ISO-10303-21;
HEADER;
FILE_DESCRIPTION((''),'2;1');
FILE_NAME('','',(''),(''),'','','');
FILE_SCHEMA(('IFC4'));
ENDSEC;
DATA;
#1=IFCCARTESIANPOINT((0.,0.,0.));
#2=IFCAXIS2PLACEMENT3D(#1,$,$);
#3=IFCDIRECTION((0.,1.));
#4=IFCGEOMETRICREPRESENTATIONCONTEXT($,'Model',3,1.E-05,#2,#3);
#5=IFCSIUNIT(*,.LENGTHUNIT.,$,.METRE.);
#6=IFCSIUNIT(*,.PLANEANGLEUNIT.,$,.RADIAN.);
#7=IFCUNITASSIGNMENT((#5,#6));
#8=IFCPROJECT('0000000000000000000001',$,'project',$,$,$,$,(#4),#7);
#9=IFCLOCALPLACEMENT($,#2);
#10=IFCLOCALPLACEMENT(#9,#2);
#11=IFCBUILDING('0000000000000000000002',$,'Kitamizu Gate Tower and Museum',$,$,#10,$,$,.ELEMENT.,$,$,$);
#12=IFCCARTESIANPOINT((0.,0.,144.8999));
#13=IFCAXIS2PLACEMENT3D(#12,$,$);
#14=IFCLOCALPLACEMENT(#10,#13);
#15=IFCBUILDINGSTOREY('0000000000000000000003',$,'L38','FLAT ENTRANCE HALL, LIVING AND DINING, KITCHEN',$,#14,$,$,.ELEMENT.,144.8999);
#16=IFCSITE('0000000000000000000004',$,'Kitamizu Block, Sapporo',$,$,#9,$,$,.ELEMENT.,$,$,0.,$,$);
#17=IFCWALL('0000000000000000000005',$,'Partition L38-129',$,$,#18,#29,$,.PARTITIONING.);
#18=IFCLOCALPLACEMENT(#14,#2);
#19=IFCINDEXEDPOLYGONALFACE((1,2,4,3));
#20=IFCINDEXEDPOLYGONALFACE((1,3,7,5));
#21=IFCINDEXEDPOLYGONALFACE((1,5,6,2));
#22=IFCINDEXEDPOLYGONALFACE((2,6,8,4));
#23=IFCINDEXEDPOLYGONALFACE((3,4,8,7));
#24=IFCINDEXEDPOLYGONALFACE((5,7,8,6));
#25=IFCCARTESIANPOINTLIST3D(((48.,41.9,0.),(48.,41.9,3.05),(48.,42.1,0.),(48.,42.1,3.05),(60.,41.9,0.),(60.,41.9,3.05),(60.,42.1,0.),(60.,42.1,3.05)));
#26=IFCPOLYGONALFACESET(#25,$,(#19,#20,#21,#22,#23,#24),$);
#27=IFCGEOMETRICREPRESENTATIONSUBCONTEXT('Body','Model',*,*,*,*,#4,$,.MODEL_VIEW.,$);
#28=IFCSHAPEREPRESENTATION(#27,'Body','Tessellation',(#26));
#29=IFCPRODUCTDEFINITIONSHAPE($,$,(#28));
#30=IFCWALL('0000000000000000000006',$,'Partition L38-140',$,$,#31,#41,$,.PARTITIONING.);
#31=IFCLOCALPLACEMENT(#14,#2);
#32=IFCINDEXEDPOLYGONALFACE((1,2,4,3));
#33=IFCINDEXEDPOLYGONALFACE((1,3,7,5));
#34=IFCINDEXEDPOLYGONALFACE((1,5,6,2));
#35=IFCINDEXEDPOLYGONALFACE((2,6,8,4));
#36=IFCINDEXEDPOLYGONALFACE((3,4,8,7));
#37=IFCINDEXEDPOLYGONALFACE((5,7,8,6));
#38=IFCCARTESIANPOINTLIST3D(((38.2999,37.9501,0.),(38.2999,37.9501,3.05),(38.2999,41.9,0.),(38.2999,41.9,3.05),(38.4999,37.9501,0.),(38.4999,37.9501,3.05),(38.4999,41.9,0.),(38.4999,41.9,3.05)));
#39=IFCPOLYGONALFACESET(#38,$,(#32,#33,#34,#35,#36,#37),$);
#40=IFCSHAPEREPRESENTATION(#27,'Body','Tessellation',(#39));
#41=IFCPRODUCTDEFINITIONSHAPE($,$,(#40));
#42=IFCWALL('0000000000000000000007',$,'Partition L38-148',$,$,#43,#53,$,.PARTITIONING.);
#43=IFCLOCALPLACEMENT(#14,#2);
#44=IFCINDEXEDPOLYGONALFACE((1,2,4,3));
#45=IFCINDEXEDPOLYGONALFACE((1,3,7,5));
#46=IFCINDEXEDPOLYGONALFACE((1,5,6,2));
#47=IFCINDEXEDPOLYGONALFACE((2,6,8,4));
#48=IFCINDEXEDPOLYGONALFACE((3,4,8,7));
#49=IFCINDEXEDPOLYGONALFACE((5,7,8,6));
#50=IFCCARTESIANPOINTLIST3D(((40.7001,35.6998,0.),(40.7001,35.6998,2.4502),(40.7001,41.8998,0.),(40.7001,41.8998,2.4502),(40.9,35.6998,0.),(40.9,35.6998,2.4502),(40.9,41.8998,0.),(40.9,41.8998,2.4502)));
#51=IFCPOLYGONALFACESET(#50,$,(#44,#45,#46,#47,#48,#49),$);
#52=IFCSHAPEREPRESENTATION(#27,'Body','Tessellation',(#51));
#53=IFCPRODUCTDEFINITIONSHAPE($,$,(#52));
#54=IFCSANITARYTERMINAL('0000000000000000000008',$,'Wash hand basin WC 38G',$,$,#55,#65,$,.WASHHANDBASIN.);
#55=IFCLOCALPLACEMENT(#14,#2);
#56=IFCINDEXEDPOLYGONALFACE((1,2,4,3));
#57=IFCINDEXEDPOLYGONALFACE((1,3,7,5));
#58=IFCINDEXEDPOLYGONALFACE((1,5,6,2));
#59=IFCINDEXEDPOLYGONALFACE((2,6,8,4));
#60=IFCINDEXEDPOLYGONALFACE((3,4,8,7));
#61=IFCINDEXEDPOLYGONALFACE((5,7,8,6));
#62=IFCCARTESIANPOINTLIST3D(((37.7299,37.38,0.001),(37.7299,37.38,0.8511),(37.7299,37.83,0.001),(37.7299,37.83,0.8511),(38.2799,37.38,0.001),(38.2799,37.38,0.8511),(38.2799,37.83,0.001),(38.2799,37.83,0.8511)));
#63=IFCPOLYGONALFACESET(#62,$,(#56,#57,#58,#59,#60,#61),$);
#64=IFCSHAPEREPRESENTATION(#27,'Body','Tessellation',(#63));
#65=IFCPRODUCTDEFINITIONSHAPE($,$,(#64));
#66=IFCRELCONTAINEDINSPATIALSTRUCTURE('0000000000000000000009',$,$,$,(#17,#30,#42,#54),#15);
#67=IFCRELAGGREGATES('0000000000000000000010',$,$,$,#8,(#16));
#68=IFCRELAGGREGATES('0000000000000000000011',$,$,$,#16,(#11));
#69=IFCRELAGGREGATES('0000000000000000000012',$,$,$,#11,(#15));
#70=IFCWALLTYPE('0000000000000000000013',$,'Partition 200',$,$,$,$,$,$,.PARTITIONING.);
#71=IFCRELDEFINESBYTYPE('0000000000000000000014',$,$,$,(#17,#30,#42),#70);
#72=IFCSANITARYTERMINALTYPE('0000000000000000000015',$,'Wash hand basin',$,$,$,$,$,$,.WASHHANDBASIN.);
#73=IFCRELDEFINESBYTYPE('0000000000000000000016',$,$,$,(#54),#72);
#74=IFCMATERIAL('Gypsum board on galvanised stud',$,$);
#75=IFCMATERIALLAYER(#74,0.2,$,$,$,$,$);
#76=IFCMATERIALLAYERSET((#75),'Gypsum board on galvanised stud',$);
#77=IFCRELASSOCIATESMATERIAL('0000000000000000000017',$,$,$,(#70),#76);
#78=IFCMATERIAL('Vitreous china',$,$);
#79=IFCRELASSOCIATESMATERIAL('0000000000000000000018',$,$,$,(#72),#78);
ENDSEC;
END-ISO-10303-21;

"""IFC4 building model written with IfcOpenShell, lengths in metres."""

from ifc_helpers import new_model, si_unit, direction, frame, frame_2d, origin, origin_2d, place, context, subcontext, project, spatial, rectangle, extrude, material, layer, layer_set, type_object, element, save


model = new_model("IFC4")

# Units and contexts
model_context = context("Model", 3, precision=1e-05, world=origin(), true_north=direction((0.0, 1.0)))
body_context = subcontext(model_context, "Body", "Model", "MODEL_VIEW")
ifc_project = project(units=[si_unit("LENGTHUNIT", "METRE"), si_unit("PLANEANGLEUNIT", "RADIAN")], contexts=[model_context])

# Site, building, storey
site_placement = place(None, origin())
site = spatial("IfcSite", under=ifc_project, at=site_placement, Name="Kitamizu Block, Sapporo", CompositionType="ELEMENT", RefElevation=0.0)
building_placement = place(site_placement, origin())
building = spatial("IfcBuilding", under=site, at=building_placement, Name="Kitamizu Gate Tower and Museum", CompositionType="ELEMENT")
storey_placement = place(building_placement, frame((0.0, 0.0, 144.8999)))
storey = spatial("IfcBuildingStorey", under=building, at=storey_placement, Name="L38", Description="FLAT ENTRANCE HALL, LIVING AND DINING, KITCHEN", CompositionType="ELEMENT", Elevation=144.8999)

# Shared definitions
ifc_material_1 = material(Name="Gypsum board on galvanised stud")
ifc_layer_1 = layer(ifc_material_1, 0.2)
ifc_layer_set_1 = layer_set([ifc_layer_1], Name="Gypsum board on galvanised stud")
wall_type_1 = type_object("IfcWallType", Name="Partition 200", PredefinedType="PARTITIONING", material=ifc_layer_set_1)

# Walls
wall_1_placement = place(storey_placement, frame((48.0, 42.0, 0.0), z_axis=(0.0, 0.0, 1.0), x_axis=(1.0, 0.0, 0.0)))
element("IfcWall", 1, at=wall_1_placement, inside=storey, type_object=wall_type_1, Name="Partition L38-129", PredefinedType="PARTITIONING", context=body_context, shape_type="SweptSolid", body=[
    extrude(rectangle(XDim=12.0, YDim=0.2, at=frame_2d((6.0, 0.0))), origin(), (0.0, 0.0, 1.0), 3.05),
])
wall_2_placement = place(storey_placement, frame((38.3999, 37.95, 0.0), z_axis=(0.0, 0.0, 1.0), x_axis=(0.0, 1.0, 0.0)))
element("IfcWall", 2, at=wall_2_placement, inside=storey, type_object=wall_type_1, Name="Partition L38-140", PredefinedType="PARTITIONING", context=body_context, shape_type="SweptSolid", body=[
    extrude(rectangle(XDim=3.95, YDim=0.2, at=frame_2d((1.9751, 0.0))), origin(), (0.0, 0.0, 1.0), 3.05),
])
wall_3_placement = place(storey_placement, frame((40.8, 41.8999, 0.0), z_axis=(0.0, 0.0, 1.0), x_axis=(0.0, -1.0, 0.0)))
element("IfcWall", 3, at=wall_3_placement, inside=storey, type_object=wall_type_1, Name="Partition L38-148", PredefinedType="PARTITIONING", context=body_context, shape_type="SweptSolid", body=[
    extrude(rectangle(XDim=6.2, YDim=0.2, at=frame_2d((3.1001, 0.0))), origin(), (0.0, 0.0, 1.0), 2.4502),
])

# Sanitary terminal
ifc_material_2 = material(Name="Vitreous china")
sanitary_terminal_type = type_object("IfcSanitaryTerminalType", Name="Wash hand basin", PredefinedType="WASHHANDBASIN", material=ifc_material_2)
sanitary_terminal_placement = place(storey_placement, frame((38.0049, 37.605, 0.001), z_axis=(0.0, 0.0, 1.0), x_axis=(1.0, 0.0, 0.0)))
element("IfcSanitaryTerminal", 4, at=sanitary_terminal_placement, inside=storey, type_object=sanitary_terminal_type, Name="Wash hand basin WC 38G", PredefinedType="WASHHANDBASIN", context=body_context, shape_type="SweptSolid", body=[
    extrude(rectangle(XDim=0.55, YDim=0.45, at=origin_2d()), origin(), (0.0, 0.0, 1.0), 0.8501),
])

save(model, "model.ifc")
